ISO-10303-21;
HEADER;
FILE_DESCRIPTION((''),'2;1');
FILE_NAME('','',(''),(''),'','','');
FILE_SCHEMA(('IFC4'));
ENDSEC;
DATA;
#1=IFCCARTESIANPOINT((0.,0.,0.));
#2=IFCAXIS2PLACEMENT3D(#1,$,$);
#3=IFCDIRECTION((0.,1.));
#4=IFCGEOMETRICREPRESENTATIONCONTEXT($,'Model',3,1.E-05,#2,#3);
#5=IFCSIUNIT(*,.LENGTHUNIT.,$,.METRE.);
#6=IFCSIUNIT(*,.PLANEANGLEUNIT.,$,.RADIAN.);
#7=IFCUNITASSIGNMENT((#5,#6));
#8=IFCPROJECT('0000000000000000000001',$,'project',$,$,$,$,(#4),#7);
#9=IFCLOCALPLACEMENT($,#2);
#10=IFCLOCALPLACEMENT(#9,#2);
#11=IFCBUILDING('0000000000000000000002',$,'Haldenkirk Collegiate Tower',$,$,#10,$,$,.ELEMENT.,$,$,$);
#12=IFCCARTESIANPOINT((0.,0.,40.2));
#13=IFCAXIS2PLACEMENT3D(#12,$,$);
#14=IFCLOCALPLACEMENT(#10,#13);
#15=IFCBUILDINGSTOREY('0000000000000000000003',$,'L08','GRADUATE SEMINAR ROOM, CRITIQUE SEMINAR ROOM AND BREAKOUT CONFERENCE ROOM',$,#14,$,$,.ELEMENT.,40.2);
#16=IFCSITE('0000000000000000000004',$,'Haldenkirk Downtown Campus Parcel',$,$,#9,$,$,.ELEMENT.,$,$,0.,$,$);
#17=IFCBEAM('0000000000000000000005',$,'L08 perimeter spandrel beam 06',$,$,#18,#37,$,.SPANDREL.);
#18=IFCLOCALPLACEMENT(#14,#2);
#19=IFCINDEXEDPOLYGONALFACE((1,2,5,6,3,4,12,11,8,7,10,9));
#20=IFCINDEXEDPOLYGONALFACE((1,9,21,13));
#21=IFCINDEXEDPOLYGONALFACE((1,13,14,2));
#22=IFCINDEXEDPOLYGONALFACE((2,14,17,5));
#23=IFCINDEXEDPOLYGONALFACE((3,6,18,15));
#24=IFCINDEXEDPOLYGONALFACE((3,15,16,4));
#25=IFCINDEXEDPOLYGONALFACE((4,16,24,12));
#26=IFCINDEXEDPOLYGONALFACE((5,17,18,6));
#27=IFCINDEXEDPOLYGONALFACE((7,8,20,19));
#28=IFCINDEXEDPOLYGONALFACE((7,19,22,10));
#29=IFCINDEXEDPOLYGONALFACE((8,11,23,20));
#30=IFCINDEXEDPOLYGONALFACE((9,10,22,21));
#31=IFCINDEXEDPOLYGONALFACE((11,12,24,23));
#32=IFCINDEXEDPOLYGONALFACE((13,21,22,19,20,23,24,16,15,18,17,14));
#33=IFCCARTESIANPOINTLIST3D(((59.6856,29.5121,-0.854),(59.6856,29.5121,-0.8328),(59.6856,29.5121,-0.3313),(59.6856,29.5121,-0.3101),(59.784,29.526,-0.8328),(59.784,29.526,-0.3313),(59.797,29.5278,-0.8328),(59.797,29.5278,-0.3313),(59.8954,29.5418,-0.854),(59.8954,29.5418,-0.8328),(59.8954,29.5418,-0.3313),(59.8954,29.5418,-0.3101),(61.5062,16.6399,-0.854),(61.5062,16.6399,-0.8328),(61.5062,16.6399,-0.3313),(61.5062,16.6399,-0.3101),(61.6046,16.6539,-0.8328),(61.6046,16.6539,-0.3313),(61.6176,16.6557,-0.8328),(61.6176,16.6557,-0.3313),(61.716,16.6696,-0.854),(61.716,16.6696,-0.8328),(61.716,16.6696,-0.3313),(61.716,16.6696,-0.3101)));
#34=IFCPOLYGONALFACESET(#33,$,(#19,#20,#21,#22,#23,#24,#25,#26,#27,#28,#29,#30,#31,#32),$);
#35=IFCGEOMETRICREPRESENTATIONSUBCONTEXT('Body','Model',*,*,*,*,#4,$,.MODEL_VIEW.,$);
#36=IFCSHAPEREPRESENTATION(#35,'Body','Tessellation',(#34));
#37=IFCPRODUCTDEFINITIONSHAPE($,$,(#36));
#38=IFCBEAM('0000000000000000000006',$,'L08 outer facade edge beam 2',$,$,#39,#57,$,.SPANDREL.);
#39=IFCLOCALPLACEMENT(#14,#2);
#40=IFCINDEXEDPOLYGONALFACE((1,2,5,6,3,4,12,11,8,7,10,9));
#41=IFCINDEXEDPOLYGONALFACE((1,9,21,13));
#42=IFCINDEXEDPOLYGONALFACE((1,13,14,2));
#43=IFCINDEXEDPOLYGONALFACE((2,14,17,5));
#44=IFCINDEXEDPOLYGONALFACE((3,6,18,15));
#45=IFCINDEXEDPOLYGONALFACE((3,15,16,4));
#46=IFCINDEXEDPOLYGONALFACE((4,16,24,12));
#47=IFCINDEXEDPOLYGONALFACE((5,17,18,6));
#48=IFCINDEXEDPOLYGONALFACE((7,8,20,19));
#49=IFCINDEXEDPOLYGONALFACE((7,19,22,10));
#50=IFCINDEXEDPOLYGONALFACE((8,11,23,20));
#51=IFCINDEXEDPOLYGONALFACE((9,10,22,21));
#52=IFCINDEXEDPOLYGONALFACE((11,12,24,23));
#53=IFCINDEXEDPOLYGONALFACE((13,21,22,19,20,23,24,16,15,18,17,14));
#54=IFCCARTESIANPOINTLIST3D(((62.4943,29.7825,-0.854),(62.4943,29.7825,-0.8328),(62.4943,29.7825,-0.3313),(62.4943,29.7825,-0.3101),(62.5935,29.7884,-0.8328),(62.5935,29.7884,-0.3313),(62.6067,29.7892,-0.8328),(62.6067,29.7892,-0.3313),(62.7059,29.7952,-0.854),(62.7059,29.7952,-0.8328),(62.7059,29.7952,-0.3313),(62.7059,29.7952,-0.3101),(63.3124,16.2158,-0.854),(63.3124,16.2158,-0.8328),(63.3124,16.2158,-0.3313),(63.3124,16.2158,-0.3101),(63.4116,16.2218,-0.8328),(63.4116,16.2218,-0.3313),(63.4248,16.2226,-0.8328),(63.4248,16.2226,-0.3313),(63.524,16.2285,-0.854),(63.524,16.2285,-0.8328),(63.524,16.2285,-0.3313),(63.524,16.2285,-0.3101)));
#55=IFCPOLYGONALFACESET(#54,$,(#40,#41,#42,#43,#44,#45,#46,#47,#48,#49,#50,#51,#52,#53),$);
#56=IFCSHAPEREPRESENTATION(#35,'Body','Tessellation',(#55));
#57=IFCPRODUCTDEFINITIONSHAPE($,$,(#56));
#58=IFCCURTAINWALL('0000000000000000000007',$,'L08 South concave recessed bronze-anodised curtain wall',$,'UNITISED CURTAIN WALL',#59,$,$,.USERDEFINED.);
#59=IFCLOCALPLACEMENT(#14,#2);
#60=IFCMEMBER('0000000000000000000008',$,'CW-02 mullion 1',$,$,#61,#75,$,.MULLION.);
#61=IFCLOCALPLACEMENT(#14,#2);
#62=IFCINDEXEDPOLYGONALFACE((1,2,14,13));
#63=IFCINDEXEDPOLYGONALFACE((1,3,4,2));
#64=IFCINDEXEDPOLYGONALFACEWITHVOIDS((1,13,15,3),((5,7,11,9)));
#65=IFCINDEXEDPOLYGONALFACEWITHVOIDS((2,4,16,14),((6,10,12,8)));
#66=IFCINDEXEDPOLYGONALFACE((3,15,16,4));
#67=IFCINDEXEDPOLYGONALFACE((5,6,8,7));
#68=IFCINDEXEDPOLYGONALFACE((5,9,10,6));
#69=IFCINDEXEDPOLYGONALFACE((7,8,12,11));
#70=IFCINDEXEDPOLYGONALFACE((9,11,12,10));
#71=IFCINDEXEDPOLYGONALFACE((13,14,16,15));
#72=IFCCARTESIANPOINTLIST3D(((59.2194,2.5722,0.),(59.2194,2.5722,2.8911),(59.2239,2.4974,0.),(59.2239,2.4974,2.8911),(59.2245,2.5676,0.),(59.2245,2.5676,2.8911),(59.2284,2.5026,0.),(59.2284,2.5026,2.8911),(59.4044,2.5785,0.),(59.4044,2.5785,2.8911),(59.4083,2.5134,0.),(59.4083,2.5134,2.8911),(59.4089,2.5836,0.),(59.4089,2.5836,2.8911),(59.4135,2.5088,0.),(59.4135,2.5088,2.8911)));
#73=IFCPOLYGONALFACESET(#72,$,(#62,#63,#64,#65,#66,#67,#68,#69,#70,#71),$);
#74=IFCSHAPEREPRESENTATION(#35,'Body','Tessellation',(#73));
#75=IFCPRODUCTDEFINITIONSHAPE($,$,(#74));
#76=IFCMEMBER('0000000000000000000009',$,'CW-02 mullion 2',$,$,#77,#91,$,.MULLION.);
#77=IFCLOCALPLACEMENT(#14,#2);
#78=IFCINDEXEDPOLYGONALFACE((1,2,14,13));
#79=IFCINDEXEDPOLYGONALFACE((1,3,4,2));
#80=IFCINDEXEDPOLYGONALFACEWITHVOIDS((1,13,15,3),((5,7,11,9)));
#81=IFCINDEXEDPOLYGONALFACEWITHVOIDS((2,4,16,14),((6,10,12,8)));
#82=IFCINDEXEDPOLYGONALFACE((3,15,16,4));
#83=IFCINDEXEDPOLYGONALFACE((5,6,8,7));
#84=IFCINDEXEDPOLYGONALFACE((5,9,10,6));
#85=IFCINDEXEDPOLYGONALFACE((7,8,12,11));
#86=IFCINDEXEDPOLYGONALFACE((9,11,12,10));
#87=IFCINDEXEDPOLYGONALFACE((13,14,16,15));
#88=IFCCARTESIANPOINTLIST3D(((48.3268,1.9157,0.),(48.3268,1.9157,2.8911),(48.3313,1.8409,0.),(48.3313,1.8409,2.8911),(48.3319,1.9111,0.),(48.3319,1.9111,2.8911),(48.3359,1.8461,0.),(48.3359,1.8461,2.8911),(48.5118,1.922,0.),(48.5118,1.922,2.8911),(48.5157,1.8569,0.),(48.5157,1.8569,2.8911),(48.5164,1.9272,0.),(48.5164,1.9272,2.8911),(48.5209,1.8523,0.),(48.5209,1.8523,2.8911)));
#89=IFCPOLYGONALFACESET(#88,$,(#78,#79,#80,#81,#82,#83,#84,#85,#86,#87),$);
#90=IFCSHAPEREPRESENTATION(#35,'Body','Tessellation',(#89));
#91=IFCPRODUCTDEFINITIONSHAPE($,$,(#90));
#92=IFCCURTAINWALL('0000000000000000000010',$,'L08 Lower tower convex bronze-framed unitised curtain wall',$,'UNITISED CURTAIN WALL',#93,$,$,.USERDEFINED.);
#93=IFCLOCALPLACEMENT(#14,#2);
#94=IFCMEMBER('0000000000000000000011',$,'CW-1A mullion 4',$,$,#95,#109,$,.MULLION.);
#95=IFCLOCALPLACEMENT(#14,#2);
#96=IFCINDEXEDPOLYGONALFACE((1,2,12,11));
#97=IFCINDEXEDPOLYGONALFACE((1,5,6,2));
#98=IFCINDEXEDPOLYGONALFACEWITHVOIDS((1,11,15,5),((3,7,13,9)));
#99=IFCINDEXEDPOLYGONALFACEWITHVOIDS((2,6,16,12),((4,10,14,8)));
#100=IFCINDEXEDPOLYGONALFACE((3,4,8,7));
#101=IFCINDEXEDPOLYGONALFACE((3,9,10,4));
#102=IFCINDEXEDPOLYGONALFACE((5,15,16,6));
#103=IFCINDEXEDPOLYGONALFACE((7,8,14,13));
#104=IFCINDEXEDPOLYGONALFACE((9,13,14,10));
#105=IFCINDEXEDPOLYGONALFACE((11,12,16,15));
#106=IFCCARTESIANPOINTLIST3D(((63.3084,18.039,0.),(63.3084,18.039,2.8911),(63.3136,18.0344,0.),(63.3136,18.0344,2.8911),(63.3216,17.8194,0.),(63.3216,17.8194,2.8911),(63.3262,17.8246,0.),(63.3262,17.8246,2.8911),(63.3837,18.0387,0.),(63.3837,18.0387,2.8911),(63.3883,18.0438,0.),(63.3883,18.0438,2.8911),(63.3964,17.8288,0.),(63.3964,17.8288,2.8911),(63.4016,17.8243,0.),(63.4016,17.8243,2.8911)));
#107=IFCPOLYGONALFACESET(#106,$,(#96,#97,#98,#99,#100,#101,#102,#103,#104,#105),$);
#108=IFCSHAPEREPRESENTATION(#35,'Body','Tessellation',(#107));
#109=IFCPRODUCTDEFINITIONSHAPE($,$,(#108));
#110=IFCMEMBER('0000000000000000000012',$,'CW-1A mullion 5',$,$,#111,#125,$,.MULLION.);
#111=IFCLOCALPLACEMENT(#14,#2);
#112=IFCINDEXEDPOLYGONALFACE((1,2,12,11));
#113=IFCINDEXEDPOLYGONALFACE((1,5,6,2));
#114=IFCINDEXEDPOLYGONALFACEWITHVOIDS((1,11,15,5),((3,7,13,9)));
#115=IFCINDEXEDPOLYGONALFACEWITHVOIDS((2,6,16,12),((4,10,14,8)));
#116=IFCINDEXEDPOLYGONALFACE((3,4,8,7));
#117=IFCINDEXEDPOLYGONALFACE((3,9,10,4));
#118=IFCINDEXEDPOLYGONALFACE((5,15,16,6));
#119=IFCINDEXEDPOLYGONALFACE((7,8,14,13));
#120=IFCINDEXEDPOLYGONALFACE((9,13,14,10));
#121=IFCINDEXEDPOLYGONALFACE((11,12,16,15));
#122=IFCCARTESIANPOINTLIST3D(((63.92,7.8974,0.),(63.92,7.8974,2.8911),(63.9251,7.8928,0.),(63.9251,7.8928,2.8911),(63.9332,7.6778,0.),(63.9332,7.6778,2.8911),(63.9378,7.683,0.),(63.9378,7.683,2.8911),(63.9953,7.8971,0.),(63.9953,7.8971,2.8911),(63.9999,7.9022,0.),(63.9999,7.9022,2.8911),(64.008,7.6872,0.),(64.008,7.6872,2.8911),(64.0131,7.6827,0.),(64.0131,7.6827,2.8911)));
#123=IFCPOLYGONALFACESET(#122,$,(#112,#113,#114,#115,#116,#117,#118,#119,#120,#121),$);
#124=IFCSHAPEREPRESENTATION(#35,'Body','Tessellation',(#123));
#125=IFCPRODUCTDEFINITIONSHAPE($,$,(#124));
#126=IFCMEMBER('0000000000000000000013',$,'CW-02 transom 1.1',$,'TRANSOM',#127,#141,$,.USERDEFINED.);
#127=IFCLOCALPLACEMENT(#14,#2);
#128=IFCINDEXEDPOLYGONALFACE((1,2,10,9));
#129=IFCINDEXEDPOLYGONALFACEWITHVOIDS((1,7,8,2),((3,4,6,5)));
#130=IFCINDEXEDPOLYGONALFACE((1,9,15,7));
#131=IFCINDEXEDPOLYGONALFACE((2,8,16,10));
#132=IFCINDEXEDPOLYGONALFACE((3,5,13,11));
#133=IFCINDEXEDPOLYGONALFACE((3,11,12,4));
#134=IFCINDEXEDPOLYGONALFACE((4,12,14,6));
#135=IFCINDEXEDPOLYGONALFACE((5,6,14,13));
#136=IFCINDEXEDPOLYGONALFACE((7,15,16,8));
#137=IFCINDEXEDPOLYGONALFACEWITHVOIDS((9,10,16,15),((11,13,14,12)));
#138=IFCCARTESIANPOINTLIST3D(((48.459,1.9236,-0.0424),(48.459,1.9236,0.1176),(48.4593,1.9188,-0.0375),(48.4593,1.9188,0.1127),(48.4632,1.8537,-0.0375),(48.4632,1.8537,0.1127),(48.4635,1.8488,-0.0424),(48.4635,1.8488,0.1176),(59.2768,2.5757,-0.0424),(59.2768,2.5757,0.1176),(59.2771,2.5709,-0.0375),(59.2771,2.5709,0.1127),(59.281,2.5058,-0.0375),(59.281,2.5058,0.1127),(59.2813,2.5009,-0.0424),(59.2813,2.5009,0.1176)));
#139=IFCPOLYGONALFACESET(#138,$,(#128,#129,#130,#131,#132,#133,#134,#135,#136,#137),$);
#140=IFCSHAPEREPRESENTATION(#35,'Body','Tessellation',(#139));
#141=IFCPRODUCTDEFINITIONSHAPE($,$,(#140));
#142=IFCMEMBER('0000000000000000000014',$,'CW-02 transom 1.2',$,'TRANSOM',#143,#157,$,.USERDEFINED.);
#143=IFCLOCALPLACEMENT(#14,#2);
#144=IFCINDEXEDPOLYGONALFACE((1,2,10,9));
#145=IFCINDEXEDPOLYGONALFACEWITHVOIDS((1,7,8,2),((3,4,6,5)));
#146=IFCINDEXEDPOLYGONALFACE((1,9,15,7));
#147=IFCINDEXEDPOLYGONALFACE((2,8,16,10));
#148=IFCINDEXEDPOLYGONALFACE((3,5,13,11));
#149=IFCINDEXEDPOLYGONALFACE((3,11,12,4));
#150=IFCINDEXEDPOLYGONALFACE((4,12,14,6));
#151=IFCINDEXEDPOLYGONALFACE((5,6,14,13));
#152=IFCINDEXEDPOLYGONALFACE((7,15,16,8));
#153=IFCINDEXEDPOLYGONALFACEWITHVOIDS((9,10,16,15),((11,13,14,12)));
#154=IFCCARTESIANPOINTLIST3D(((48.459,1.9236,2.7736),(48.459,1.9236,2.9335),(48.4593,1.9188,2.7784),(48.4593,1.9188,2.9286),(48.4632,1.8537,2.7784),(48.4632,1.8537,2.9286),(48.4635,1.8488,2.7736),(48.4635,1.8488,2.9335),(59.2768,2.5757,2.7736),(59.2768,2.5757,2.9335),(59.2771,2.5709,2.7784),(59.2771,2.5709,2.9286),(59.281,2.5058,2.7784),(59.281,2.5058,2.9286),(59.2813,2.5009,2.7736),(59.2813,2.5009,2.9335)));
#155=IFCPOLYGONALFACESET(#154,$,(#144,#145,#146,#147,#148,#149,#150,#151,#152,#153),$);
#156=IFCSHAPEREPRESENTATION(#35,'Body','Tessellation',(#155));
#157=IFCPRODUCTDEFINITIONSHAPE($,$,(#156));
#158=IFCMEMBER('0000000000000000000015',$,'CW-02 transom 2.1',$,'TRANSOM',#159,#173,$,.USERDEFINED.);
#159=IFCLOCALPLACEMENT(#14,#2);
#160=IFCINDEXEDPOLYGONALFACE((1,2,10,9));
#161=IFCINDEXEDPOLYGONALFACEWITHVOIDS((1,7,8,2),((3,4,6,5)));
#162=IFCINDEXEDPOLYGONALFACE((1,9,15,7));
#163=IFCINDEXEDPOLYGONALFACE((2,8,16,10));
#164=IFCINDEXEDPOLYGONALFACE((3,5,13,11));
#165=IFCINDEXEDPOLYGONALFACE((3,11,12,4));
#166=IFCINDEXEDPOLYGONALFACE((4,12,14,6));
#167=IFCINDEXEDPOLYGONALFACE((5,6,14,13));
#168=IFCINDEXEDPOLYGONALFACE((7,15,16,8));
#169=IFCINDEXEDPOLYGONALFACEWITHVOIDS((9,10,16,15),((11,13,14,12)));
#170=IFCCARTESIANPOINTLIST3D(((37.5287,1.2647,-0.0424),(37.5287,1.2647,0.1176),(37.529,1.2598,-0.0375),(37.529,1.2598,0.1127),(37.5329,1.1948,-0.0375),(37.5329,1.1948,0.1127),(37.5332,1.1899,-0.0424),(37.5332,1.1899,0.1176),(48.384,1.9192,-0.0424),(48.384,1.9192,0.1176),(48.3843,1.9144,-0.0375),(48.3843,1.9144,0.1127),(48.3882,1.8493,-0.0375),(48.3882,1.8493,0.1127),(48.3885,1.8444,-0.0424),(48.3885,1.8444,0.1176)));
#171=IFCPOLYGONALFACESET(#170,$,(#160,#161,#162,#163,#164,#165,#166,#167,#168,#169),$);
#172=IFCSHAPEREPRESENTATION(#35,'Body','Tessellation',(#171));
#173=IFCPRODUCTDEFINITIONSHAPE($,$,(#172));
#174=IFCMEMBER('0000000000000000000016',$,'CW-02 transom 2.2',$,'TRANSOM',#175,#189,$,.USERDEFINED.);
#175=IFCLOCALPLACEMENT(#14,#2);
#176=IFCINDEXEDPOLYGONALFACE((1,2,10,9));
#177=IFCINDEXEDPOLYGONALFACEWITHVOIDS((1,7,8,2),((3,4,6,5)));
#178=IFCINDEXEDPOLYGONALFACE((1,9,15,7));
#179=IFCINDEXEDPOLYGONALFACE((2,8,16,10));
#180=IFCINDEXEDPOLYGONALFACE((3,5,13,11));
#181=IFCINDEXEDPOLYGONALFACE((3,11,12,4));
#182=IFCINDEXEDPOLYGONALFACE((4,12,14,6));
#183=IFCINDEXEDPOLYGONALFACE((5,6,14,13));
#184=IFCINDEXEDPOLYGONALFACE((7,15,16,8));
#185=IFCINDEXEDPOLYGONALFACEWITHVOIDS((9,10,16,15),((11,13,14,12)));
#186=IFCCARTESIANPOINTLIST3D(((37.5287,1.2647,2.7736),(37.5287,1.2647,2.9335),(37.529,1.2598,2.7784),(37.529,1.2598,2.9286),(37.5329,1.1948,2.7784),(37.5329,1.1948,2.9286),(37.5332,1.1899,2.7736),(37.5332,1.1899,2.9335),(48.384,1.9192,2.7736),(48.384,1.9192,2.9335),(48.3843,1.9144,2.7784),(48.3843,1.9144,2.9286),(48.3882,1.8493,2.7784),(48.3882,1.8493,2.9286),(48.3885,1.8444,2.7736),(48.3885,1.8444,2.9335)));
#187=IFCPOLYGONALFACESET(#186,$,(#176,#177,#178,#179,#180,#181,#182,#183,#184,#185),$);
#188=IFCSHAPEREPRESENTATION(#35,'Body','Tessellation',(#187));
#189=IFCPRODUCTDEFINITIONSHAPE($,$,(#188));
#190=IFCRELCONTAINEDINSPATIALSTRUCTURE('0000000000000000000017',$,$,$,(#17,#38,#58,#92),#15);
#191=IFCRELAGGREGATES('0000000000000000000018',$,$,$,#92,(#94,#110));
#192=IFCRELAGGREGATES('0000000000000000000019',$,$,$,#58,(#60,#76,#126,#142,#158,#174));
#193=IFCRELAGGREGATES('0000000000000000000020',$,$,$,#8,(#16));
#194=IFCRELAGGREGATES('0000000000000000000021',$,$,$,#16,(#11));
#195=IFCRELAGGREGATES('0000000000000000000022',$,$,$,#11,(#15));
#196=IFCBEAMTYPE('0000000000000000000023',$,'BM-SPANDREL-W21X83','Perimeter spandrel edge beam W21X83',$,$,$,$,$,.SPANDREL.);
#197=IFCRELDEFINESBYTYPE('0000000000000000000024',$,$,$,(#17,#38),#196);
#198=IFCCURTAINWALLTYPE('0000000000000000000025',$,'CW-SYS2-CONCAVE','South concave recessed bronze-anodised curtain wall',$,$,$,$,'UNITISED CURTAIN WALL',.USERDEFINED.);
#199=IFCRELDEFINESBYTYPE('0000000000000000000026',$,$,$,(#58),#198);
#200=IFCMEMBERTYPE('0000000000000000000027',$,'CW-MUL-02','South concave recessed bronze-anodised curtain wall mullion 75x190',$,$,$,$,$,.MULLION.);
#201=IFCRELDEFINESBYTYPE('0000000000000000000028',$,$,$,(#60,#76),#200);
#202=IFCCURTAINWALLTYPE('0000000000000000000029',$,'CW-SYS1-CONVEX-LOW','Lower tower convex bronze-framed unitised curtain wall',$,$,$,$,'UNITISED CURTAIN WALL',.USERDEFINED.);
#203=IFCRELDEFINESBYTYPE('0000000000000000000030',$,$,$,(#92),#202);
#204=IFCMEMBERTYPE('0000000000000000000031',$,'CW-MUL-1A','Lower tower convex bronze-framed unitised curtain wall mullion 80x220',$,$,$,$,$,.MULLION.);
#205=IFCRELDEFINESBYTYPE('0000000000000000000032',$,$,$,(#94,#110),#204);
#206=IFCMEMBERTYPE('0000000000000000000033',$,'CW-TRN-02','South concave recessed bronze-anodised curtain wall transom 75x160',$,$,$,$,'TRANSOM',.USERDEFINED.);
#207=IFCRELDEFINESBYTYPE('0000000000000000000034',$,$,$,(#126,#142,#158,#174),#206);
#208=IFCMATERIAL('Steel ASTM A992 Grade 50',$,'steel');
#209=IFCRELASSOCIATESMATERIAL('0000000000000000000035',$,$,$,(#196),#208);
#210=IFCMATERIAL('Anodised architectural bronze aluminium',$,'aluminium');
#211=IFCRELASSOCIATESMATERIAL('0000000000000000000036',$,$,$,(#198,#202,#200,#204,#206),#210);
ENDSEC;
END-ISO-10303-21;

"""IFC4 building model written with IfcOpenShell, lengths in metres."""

from ifc_helpers import new_model, si_unit, direction, frame, origin, origin_2d, place, context, subcontext, project, spatial, hollow_rectangle, i_section, extrude, material, material_profile, profile_set, type_object, element, aggregate, save


model = new_model("IFC4")

# Units and contexts
model_context = context("Model", 3, precision=1e-05, world=origin(), true_north=direction((0.0, 1.0)))
body_context = subcontext(model_context, "Body", "Model", "MODEL_VIEW")
ifc_project = project(units=[si_unit("LENGTHUNIT", "METRE"), si_unit("PLANEANGLEUNIT", "RADIAN")], contexts=[model_context])

# Site, building, storey
site_placement = place(None, origin())
site = spatial("IfcSite", under=ifc_project, at=site_placement, Name="Haldenkirk Downtown Campus Parcel", CompositionType="ELEMENT", RefElevation=0.0)
building_placement = place(site_placement, origin())
building = spatial("IfcBuilding", under=site, at=building_placement, Name="Haldenkirk Collegiate Tower", CompositionType="ELEMENT")
storey_placement = place(building_placement, frame((0.0, 0.0, 40.2)))
storey = spatial("IfcBuildingStorey", under=building, at=storey_placement, Name="L08", Description="GRADUATE SEMINAR ROOM, CRITIQUE SEMINAR ROOM AND BREAKOUT CONFERENCE ROOM", CompositionType="ELEMENT", Elevation=40.2)

# Beams
ifc_material_1 = material(Name="Steel ASTM A992 Grade 50", Category="steel")
ifc_material_profile_1 = material_profile(ifc_material_1, i_section(OverallWidth=0.2119, OverallDepth=0.5439, WebThickness=0.0132, FlangeThickness=0.0212, at=origin_2d()), Name="W21X83")
ifc_profile_set_1 = profile_set([ifc_material_profile_1], Name="Steel ASTM A992 Grade 50")
beam_type_1 = type_object("IfcBeamType", Name="BM-SPANDREL-W21X83", Description="Perimeter spandrel edge beam W21X83", PredefinedType="SPANDREL", material=ifc_profile_set_1)
beam_1_placement = place(storey_placement, frame((61.6111, 16.6548, -0.582), z_axis=(-0.140041, 0.990146, 0.0), x_axis=(-0.990146, -0.140041, 0.0)))
element("IfcBeam", 1, at=beam_1_placement, inside=storey, type_object=beam_type_1, Name="L08 perimeter spandrel beam 06", PredefinedType="SPANDREL", context=body_context, shape_type="SweptSolid", body=[
    extrude(i_section(OverallWidth=0.2119, OverallDepth=0.5439, WebThickness=0.0132, FlangeThickness=0.0212, at=origin_2d()), origin(), (0.0, 0.0, 1.0), 13.0002),
])
beam_2_placement = place(storey_placement, frame((63.4182, 16.2222, -0.582), z_axis=(-0.060194, 0.998187, 0.0), x_axis=(-0.998187, -0.060194, 0.0)))
element("IfcBeam", 2, at=beam_2_placement, inside=storey, type_object=beam_type_1, Name="L08 outer facade edge beam 2", PredefinedType="SPANDREL", context=body_context, shape_type="SweptSolid", body=[
    extrude(i_section(OverallWidth=0.2119, OverallDepth=0.5439, WebThickness=0.0132, FlangeThickness=0.0212, at=origin_2d()), origin(), (0.0, 0.0, 1.0), 13.5913),
])

# Curtain walls, members
ifc_material_2 = material(Name="Anodised architectural bronze aluminium", Category="aluminium")
curtain_wall_type_1 = type_object("IfcCurtainWallType", Name="CW-SYS2-CONCAVE", Description="South concave recessed bronze-anodised curtain wall", ElementType="UNITISED CURTAIN WALL", PredefinedType="USERDEFINED", material=ifc_material_2)
curtain_wall_1_placement = place(storey_placement, origin())
curtain_wall_1 = element("IfcCurtainWall", 3, at=curtain_wall_1_placement, inside=storey, type_object=curtain_wall_type_1, Name="L08 South concave recessed bronze-anodised curtain wall", ObjectType="UNITISED CURTAIN WALL", PredefinedType="USERDEFINED")
ifc_material_profile_2 = material_profile(ifc_material_2, hollow_rectangle(XDim=0.075, YDim=0.1899, WallThickness=0.0049, at=origin_2d()), Name="CW-MUL-02")
ifc_profile_set_2 = profile_set([ifc_material_profile_2], Name="Anodised architectural bronze aluminium")
member_type_1 = type_object("IfcMemberType", Name="CW-MUL-02", Description="South concave recessed bronze-anodised curtain wall mullion 75x190", PredefinedType="MULLION", material=ifc_profile_set_2)
member_1_placement = place(storey_placement, frame((59.3164, 2.5405, 0.0), z_axis=(0.0, 0.0, 1.0), x_axis=(0.060176, -0.998188, 0.0)))
member_1 = element("IfcMember", 4, at=member_1_placement, type_object=member_type_1, Name="CW-02 mullion 1", PredefinedType="MULLION", context=body_context, shape_type="SweptSolid", body=[
    extrude(hollow_rectangle(XDim=0.075, YDim=0.1899, WallThickness=0.0049, at=origin_2d()), origin(), (0.0, 0.0, 1.0), 2.8911),
])
member_2_placement = place(storey_placement, frame((48.4238, 1.884, 0.0), z_axis=(0.0, 0.0, 1.0), x_axis=(0.060176, -0.998188, 0.0)))
member_2 = element("IfcMember", 5, at=member_2_placement, type_object=member_type_1, Name="CW-02 mullion 2", PredefinedType="MULLION", context=body_context, shape_type="SweptSolid", body=[
    extrude(hollow_rectangle(XDim=0.075, YDim=0.1899, WallThickness=0.0049, at=origin_2d()), origin(), (0.0, 0.0, 1.0), 2.8911),
])
curtain_wall_type_2 = type_object("IfcCurtainWallType", Name="CW-SYS1-CONVEX-LOW", Description="Lower tower convex bronze-framed unitised curtain wall", ElementType="UNITISED CURTAIN WALL", PredefinedType="USERDEFINED", material=ifc_material_2)
curtain_wall_2_placement = place(storey_placement, origin())
curtain_wall_2 = element("IfcCurtainWall", 6, at=curtain_wall_2_placement, inside=storey, type_object=curtain_wall_type_2, Name="L08 Lower tower convex bronze-framed unitised curtain wall", ObjectType="UNITISED CURTAIN WALL", PredefinedType="USERDEFINED")
ifc_material_profile_3 = material_profile(ifc_material_2, hollow_rectangle(XDim=0.0801, YDim=0.22, WallThickness=0.0049, at=origin_2d()), Name="CW-MUL-1A")
ifc_profile_set_3 = profile_set([ifc_material_profile_3], Name="Anodised architectural bronze aluminium")
member_type_2 = type_object("IfcMemberType", Name="CW-MUL-1A", Description="Lower tower convex bronze-framed unitised curtain wall mullion 80x220", PredefinedType="MULLION", material=ifc_profile_set_3)
member_3_placement = place(storey_placement, frame((63.355, 17.9316, 0.0), z_axis=(0.0, 0.0, 1.0), x_axis=(0.998188, 0.060177, 0.0)))
member_3 = element("IfcMember", 7, at=member_3_placement, type_object=member_type_2, Name="CW-1A mullion 4", PredefinedType="MULLION", context=body_context, shape_type="SweptSolid", body=[
    extrude(hollow_rectangle(XDim=0.0801, YDim=0.22, WallThickness=0.0049, at=origin_2d()), origin(), (0.0, 0.0, 1.0), 2.8911),
])
member_4_placement = place(storey_placement, frame((63.9666, 7.79, 0.0), z_axis=(0.0, 0.0, 1.0), x_axis=(0.998188, 0.060177, 0.0)))
member_4 = element("IfcMember", 8, at=member_4_placement, type_object=member_type_2, Name="CW-1A mullion 5", PredefinedType="MULLION", context=body_context, shape_type="SweptSolid", body=[
    extrude(hollow_rectangle(XDim=0.0801, YDim=0.22, WallThickness=0.0049, at=origin_2d()), origin(), (0.0, 0.0, 1.0), 2.8911),
])

# Members
ifc_material_profile_4 = material_profile(ifc_material_2, hollow_rectangle(XDim=0.075, YDim=0.1599, WallThickness=0.0049, at=origin_2d()), Name="CW-TRN-02")
ifc_profile_set_4 = profile_set([ifc_material_profile_4], Name="Anodised architectural bronze aluminium")
member_type_3 = type_object("IfcMemberType", Name="CW-TRN-02", Description="South concave recessed bronze-anodised curtain wall transom 75x160", ElementType="TRANSOM", PredefinedType="USERDEFINED", material=ifc_profile_set_4)
member_5_placement = place(storey_placement, frame((59.2791, 2.5383, 0.0376), z_axis=(-0.998188, -0.060171, 0.0), x_axis=(0.060171, -0.998188, 0.0)))
member_5 = element("IfcMember", 9, at=member_5_placement, type_object=member_type_3, Name="CW-02 transom 1.1", ObjectType="TRANSOM", PredefinedType="USERDEFINED", context=body_context, shape_type="SweptSolid", body=[
    extrude(hollow_rectangle(XDim=0.075, YDim=0.1599, WallThickness=0.0049, at=origin_2d()), origin(), (0.0, 0.0, 1.0), 10.8374),
])
member_6_placement = place(storey_placement, frame((59.2791, 2.5383, 2.8535), z_axis=(-0.998188, -0.060171, 0.0), x_axis=(0.060171, -0.998188, 0.0)))
member_6 = element("IfcMember", 10, at=member_6_placement, type_object=member_type_3, Name="CW-02 transom 1.2", ObjectType="TRANSOM", PredefinedType="USERDEFINED", context=body_context, shape_type="SweptSolid", body=[
    extrude(hollow_rectangle(XDim=0.075, YDim=0.1599, WallThickness=0.0049, at=origin_2d()), origin(), (0.0, 0.0, 1.0), 10.8374),
])
member_7_placement = place(storey_placement, frame((48.3862, 1.8818, 0.0376), z_axis=(-0.998187, -0.060188, 0.0), x_axis=(0.060188, -0.998187, 0.0)))
member_7 = element("IfcMember", 11, at=member_7_placement, type_object=member_type_3, Name="CW-02 transom 2.1", ObjectType="TRANSOM", PredefinedType="USERDEFINED", context=body_context, shape_type="SweptSolid", body=[
    extrude(hollow_rectangle(XDim=0.075, YDim=0.1599, WallThickness=0.0049, at=origin_2d()), origin(), (0.0, 0.0, 1.0), 10.875),
])
member_8_placement = place(storey_placement, frame((48.3862, 1.8818, 2.8535), z_axis=(-0.998187, -0.060188, 0.0), x_axis=(0.060188, -0.998187, 0.0)))
member_8 = element("IfcMember", 12, at=member_8_placement, type_object=member_type_3, Name="CW-02 transom 2.2", ObjectType="TRANSOM", PredefinedType="USERDEFINED", context=body_context, shape_type="SweptSolid", body=[
    extrude(hollow_rectangle(XDim=0.075, YDim=0.1599, WallThickness=0.0049, at=origin_2d()), origin(), (0.0, 0.0, 1.0), 10.875),
])

aggregate(curtain_wall_2, [member_3, member_4])
aggregate(curtain_wall_1, [member_1, member_2, member_5, member_6, member_7, member_8])

save(model, "model.ifc")
